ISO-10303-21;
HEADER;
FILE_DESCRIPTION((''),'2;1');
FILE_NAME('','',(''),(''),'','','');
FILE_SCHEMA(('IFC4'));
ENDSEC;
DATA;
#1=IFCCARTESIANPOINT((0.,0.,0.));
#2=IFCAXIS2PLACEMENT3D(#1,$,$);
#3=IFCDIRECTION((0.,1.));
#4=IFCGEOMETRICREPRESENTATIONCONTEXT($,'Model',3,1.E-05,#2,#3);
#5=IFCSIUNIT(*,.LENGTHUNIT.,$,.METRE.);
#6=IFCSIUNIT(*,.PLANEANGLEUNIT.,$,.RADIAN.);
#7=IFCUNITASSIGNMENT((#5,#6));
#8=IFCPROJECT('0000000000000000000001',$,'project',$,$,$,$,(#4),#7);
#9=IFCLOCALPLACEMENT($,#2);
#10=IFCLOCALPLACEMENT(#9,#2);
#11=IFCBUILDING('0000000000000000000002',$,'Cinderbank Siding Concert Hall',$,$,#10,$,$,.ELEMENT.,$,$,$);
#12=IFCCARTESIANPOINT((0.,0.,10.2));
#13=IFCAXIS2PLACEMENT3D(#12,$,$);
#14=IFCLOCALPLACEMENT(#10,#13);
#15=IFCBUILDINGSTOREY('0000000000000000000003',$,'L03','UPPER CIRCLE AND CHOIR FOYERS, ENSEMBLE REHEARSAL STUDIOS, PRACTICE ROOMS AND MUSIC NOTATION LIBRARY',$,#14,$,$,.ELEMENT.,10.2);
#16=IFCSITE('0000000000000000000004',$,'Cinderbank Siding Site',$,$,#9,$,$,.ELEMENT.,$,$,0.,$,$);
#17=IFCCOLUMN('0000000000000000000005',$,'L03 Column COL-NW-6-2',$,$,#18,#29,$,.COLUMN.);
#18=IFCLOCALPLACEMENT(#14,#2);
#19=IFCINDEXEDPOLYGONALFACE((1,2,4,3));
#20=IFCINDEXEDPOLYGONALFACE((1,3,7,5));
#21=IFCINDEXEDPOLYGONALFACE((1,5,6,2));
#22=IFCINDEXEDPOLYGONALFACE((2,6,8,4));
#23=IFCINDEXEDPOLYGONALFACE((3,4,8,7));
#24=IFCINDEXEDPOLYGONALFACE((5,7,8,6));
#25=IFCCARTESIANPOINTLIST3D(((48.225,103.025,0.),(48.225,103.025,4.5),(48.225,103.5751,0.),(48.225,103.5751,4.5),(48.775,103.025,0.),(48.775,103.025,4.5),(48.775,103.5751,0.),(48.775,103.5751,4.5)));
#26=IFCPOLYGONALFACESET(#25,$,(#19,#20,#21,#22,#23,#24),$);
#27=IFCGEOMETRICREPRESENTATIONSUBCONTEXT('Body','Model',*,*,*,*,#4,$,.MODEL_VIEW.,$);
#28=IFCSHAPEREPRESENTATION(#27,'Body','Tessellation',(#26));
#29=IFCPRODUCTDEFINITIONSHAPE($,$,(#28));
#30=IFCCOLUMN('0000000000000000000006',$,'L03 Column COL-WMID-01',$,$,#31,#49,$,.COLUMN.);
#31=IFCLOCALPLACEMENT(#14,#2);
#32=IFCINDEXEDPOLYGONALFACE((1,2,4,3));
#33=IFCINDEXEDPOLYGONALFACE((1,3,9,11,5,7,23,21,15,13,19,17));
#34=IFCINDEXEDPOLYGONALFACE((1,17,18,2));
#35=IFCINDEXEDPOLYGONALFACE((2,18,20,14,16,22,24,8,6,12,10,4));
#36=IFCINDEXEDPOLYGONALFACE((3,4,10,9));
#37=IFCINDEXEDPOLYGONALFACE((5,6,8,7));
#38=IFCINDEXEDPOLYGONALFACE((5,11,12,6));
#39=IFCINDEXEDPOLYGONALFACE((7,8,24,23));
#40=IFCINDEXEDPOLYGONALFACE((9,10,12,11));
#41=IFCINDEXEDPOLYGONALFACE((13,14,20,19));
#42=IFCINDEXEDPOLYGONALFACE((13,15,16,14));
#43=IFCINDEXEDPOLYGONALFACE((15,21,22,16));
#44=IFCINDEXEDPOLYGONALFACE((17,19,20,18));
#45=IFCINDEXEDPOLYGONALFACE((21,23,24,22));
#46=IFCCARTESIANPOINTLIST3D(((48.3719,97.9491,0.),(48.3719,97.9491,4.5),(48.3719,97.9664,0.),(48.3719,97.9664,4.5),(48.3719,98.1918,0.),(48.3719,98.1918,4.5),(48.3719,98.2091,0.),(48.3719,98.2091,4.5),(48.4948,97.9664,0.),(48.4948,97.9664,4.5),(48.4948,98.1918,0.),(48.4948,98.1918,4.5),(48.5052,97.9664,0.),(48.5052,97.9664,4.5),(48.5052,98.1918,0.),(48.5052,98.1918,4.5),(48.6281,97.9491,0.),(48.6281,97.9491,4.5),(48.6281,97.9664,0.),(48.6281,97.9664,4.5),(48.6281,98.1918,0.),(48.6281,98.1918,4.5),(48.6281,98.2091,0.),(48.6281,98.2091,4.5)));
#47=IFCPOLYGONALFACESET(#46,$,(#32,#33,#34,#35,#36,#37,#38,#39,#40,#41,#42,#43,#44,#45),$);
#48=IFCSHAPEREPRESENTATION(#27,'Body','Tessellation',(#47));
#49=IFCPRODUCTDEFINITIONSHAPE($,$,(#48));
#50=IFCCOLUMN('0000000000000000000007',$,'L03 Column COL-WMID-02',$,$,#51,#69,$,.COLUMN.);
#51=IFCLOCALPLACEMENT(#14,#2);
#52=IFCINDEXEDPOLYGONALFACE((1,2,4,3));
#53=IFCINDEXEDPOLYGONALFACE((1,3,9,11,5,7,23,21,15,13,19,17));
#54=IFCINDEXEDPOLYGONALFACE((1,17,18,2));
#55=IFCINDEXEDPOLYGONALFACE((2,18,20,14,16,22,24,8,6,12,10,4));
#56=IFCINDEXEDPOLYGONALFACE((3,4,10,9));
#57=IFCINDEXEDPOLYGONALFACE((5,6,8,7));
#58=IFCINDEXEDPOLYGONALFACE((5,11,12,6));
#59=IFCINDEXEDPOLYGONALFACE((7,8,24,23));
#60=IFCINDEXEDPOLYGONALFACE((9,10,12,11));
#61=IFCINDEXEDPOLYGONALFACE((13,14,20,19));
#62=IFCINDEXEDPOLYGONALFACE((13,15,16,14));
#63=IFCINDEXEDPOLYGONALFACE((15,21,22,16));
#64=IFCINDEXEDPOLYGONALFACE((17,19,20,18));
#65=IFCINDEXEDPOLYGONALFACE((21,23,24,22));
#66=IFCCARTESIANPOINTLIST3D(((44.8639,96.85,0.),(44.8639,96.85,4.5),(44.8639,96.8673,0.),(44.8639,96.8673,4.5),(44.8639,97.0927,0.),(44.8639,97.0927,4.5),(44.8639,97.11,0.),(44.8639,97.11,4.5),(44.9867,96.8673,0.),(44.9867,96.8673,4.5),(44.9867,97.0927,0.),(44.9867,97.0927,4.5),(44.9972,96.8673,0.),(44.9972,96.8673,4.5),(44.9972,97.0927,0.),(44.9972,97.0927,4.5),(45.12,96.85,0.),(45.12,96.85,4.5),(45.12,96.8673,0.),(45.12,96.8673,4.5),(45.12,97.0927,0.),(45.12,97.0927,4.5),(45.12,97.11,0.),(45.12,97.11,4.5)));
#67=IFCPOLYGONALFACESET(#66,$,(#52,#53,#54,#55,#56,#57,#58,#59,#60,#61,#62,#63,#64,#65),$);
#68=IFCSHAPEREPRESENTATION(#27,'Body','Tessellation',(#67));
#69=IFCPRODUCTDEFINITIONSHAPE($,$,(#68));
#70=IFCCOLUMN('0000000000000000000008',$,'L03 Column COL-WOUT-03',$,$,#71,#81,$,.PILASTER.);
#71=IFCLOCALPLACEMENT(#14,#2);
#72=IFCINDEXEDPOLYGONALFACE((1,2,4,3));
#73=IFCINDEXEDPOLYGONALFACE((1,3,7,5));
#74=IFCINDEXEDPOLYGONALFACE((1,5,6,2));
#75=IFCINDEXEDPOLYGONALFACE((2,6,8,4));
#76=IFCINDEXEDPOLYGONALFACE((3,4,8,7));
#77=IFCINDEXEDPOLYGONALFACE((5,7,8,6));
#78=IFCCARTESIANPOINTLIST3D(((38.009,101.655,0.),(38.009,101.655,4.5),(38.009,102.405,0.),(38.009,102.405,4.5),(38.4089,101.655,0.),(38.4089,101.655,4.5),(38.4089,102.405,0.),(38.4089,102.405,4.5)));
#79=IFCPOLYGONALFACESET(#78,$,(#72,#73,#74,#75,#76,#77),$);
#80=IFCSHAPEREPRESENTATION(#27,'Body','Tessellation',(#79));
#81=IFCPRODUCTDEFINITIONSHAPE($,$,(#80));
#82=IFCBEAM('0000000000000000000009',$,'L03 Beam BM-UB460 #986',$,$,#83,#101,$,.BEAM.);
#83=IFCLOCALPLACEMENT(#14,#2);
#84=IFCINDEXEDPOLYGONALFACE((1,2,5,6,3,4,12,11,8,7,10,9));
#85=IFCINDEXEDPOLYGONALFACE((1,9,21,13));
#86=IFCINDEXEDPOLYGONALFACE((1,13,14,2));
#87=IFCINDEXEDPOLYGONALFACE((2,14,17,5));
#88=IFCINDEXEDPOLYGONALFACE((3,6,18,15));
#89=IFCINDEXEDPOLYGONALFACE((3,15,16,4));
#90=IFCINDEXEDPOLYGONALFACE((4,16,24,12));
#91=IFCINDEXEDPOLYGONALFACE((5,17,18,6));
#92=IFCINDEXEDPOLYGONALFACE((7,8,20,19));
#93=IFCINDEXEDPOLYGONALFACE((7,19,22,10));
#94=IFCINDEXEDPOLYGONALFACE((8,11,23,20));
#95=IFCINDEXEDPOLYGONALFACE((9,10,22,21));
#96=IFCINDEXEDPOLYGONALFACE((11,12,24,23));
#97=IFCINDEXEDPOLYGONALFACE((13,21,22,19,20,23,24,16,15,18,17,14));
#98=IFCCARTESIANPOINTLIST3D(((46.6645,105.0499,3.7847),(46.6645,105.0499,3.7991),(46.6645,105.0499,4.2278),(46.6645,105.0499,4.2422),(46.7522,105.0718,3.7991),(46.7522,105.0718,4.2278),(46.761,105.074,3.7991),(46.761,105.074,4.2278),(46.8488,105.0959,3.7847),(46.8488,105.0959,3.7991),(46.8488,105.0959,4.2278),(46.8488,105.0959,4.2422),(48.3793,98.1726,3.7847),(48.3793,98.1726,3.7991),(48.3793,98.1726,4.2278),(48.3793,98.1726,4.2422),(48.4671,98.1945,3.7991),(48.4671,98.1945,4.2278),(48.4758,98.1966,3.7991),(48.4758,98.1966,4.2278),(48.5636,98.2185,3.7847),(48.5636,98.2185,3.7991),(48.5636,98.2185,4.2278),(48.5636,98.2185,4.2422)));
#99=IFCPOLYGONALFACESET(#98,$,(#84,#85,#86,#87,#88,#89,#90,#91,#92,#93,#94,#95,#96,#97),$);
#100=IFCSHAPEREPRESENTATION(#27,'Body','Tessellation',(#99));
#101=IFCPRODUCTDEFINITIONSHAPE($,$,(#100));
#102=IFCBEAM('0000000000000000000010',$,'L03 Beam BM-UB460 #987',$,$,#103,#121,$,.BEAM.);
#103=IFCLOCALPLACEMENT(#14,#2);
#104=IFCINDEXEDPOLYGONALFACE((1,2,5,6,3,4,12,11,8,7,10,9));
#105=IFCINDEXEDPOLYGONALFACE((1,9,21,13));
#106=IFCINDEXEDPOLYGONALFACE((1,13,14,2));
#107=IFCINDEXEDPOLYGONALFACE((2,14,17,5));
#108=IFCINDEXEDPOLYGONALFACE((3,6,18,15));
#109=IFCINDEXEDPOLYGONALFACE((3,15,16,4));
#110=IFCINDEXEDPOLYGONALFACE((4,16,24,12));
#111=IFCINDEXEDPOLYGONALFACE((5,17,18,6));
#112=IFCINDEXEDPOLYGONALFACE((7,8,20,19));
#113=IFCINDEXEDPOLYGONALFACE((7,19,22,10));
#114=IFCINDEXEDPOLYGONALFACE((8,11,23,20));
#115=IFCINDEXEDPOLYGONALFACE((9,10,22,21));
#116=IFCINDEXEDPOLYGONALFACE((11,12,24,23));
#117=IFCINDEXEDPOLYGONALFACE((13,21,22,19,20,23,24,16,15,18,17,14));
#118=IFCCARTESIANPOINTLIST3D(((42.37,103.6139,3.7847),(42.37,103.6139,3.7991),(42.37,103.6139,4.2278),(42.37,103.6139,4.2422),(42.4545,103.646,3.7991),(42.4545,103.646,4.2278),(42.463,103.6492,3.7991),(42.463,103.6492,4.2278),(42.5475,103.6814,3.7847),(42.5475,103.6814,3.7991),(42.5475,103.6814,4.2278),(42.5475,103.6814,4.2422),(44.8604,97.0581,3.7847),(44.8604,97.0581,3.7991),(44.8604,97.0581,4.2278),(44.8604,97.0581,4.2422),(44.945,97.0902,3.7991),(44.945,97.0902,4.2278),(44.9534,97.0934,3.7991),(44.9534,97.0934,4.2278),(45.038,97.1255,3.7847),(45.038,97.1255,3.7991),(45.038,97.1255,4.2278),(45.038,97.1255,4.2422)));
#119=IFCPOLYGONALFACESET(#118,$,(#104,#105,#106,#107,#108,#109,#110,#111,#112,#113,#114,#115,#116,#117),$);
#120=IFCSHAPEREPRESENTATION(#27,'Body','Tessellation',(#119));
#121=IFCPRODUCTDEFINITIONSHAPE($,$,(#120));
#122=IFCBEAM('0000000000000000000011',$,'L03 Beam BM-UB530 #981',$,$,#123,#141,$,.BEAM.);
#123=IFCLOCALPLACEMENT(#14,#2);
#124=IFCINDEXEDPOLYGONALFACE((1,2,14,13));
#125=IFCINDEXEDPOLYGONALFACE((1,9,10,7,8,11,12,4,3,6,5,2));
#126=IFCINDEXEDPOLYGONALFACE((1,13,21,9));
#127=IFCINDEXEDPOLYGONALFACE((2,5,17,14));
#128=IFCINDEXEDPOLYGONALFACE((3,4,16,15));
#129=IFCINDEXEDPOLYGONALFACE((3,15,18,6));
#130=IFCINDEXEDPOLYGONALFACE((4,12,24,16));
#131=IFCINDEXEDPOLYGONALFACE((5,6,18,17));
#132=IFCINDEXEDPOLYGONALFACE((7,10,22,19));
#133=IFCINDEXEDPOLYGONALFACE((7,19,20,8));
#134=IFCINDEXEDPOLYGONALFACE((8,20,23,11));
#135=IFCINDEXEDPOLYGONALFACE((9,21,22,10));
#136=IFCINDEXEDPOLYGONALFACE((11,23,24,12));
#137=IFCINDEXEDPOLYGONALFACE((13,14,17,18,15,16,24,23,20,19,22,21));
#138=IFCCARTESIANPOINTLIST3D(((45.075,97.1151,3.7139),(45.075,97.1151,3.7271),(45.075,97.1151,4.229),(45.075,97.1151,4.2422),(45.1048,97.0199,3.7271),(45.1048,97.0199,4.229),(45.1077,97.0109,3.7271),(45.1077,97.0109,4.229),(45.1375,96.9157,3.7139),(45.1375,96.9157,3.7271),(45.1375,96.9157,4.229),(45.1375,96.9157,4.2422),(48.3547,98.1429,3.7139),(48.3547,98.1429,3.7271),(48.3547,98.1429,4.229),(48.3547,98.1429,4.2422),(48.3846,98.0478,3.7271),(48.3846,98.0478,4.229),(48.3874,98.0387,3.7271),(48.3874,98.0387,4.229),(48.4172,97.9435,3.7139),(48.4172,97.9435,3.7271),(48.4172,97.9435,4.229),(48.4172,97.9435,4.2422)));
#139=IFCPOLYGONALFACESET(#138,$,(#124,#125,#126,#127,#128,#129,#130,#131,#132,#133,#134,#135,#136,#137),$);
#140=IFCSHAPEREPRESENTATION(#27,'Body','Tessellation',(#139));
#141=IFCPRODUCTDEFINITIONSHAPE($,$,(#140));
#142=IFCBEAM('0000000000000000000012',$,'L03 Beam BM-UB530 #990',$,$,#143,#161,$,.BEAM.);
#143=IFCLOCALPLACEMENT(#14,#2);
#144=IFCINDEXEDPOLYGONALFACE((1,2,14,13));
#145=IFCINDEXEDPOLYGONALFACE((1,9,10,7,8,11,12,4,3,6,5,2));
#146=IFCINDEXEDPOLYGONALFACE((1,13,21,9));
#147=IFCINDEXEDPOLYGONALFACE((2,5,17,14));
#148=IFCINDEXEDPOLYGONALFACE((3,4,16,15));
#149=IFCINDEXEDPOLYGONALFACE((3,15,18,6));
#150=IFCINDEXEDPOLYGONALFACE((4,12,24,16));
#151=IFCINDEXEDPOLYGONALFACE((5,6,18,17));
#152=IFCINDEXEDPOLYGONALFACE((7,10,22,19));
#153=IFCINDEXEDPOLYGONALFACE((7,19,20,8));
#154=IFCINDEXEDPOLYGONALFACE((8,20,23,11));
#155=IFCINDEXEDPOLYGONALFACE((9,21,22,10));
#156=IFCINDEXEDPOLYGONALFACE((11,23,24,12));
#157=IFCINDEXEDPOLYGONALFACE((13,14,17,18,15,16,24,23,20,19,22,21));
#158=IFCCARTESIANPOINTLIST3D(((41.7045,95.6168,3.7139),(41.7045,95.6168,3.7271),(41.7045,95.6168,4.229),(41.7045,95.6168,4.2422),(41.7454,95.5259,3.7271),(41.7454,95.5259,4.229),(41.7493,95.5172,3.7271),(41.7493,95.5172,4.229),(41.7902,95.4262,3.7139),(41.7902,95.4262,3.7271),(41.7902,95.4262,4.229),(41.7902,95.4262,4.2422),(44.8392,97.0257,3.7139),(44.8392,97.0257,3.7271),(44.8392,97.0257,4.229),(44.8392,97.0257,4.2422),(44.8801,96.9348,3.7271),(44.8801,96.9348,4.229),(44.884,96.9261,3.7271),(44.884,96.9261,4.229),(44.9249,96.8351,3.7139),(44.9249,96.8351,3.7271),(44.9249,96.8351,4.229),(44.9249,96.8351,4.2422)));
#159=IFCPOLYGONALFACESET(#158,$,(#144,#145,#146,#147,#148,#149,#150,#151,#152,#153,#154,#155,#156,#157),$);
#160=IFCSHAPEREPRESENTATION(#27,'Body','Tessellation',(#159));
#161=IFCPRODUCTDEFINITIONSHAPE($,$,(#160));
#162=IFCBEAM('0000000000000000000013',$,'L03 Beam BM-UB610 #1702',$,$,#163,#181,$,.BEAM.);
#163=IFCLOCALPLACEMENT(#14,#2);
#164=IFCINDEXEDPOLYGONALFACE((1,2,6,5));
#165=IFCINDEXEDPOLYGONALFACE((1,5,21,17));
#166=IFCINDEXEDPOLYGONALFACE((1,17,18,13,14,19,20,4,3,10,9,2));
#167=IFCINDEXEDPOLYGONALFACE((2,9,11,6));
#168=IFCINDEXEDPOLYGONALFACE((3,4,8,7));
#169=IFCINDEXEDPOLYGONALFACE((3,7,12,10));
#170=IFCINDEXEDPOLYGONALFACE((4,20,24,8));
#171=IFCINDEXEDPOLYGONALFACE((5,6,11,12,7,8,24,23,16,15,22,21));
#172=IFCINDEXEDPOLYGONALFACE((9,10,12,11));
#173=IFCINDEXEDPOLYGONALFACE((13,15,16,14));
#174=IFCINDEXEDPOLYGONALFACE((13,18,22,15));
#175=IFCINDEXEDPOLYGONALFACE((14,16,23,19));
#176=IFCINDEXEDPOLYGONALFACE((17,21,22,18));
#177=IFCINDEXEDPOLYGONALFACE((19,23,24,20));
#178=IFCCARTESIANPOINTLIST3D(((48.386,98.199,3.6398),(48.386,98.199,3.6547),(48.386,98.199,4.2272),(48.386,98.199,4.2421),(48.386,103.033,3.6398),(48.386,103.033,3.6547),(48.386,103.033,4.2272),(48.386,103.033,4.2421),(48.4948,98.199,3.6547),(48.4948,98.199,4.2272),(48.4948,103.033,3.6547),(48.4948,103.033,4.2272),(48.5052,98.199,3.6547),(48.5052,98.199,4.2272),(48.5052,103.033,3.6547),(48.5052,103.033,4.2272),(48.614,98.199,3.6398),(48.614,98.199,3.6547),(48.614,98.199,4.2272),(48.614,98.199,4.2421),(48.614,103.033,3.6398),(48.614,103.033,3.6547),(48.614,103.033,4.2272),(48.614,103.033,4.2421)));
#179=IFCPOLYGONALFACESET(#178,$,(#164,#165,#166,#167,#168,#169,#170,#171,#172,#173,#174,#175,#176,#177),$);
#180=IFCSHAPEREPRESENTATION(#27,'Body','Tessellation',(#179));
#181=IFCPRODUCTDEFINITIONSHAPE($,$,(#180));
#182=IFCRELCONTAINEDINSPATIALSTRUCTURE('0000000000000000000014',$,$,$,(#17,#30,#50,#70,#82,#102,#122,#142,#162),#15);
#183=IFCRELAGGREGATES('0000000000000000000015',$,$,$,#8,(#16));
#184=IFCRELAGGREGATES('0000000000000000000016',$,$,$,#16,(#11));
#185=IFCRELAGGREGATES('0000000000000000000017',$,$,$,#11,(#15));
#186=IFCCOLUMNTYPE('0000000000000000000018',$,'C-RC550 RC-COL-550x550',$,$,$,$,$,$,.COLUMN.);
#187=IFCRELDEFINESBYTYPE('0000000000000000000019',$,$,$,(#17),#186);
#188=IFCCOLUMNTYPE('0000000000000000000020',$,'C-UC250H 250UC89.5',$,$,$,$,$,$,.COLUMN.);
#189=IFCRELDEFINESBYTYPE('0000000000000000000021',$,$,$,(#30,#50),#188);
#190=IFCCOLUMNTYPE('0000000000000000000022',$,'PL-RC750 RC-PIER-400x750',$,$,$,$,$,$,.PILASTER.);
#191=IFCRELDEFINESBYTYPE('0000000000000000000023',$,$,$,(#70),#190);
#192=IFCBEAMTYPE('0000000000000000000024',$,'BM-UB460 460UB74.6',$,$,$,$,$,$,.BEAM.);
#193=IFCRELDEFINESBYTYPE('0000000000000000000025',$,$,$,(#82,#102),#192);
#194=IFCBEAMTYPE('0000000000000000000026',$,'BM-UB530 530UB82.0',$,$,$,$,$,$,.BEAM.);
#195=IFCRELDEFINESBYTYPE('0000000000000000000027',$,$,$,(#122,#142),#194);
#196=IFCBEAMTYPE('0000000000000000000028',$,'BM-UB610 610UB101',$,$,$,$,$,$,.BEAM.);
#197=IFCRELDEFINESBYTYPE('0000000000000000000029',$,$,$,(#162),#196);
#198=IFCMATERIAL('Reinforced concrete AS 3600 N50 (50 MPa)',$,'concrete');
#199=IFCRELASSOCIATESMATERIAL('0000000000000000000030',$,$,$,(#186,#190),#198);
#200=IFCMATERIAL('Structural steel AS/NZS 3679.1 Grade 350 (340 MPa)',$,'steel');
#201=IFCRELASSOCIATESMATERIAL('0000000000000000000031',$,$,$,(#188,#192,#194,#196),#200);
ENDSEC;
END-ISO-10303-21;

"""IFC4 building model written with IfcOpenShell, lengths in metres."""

from ifc_helpers import new_model, si_unit, direction, frame, origin, origin_2d, place, context, subcontext, project, spatial, rectangle, i_section, extrude, material, material_profile, profile_set, type_object, element, save


model = new_model("IFC4")

# Units and contexts
model_context = context("Model", 3, precision=1e-05, world=origin(), true_north=direction((0.0, 1.0)))
body_context = subcontext(model_context, "Body", "Model", "MODEL_VIEW")
ifc_project = project(units=[si_unit("LENGTHUNIT", "METRE"), si_unit("PLANEANGLEUNIT", "RADIAN")], contexts=[model_context])

# Site, building, storey
site_placement = place(None, origin())
site = spatial("IfcSite", under=ifc_project, at=site_placement, Name="Cinderbank Siding Site", CompositionType="ELEMENT", RefElevation=0.0)
building_placement = place(site_placement, origin())
building = spatial("IfcBuilding", under=site, at=building_placement, Name="Cinderbank Siding Concert Hall", CompositionType="ELEMENT")
storey_placement = place(building_placement, frame((0.0, 0.0, 10.2)))
storey = spatial("IfcBuildingStorey", under=building, at=storey_placement, Name="L03", Description="UPPER CIRCLE AND CHOIR FOYERS, ENSEMBLE REHEARSAL STUDIOS, PRACTICE ROOMS AND MUSIC NOTATION LIBRARY", CompositionType="ELEMENT", Elevation=10.2)

# Columns
ifc_material_1 = material(Name="Reinforced concrete AS 3600 N50 (50 MPa)", Category="concrete")
ifc_material_profile_1 = material_profile(ifc_material_1, rectangle(XDim=0.55, YDim=0.55, at=origin_2d()), Name="RC-COL-550x550", Category="LoadBearing")
ifc_profile_set_1 = profile_set([ifc_material_profile_1], Name="Reinforced concrete AS 3600 N50 (50 MPa)")
column_type_1 = type_object("IfcColumnType", Name="C-RC550 RC-COL-550x550", PredefinedType="COLUMN", material=ifc_profile_set_1)
column_1_placement = place(storey_placement, frame((48.5, 103.3, 0.0), z_axis=(0.0, 0.0, 1.0), x_axis=(1.0, 0.0, 0.0)))
element("IfcColumn", 1, at=column_1_placement, inside=storey, type_object=column_type_1, Name="L03 Column COL-NW-6-2", PredefinedType="COLUMN", context=body_context, shape_type="SweptSolid", body=[
    extrude(rectangle(XDim=0.55, YDim=0.55, at=origin_2d()), origin(), (0.0, 0.0, 1.0), 4.5),
])
ifc_material_2 = material(Name="Structural steel AS/NZS 3679.1 Grade 350 (340 MPa)", Category="steel")
ifc_material_profile_2 = material_profile(ifc_material_2, i_section(OverallWidth=0.2561, OverallDepth=0.26, WebThickness=0.0105, FlangeThickness=0.0173, at=origin_2d()), Name="250UC89.5", Category="LoadBearing")
ifc_profile_set_2 = profile_set([ifc_material_profile_2], Name="Structural steel AS/NZS 3679.1 Grade 350 (340 MPa)")
column_type_2 = type_object("IfcColumnType", Name="C-UC250H 250UC89.5", PredefinedType="COLUMN", material=ifc_profile_set_2)
for number, where, z_axis, x_axis, name in (
    (2, (48.5, 98.0791, 0.0), (0.0, 0.0, 1.0), (1.0, 0.0, 0.0), "L03 Column COL-WMID-01"),
    (3, (44.9919, 96.98, 0.0), (0.0, 0.0, 1.0), (1.0, 0.0, 0.0), "L03 Column COL-WMID-02"),
):
    element("IfcColumn", number, at=place(storey_placement, frame(where, z_axis=z_axis, x_axis=x_axis)), inside=storey, type_object=column_type_2, Name=name, PredefinedType="COLUMN", context=body_context, shape_type="SweptSolid", body=[
        extrude(i_section(OverallWidth=0.2561, OverallDepth=0.26, WebThickness=0.0105, FlangeThickness=0.0173, at=origin_2d()), origin(), (0.0, 0.0, 1.0), 4.5),
    ])
ifc_material_profile_3 = material_profile(ifc_material_1, rectangle(XDim=0.3999, YDim=0.75, at=origin_2d()), Name="RC-PIER-400x750", Category="LoadBearing")
ifc_profile_set_3 = profile_set([ifc_material_profile_3], Name="Reinforced concrete AS 3600 N50 (50 MPa)")
column_type_3 = type_object("IfcColumnType", Name="PL-RC750 RC-PIER-400x750", PredefinedType="PILASTER", material=ifc_profile_set_3)
column_2_placement = place(storey_placement, frame((38.209, 102.03, 0.0), z_axis=(0.0, 0.0, 1.0), x_axis=(1.0, 0.0, 0.0)))
element("IfcColumn", 4, at=column_2_placement, inside=storey, type_object=column_type_3, Name="L03 Column COL-WOUT-03", PredefinedType="PILASTER", context=body_context, shape_type="SweptSolid", body=[
    extrude(rectangle(XDim=0.3999, YDim=0.75, at=origin_2d()), origin(), (0.0, 0.0, 1.0), 4.5),
])

# Beams
ifc_material_profile_4 = material_profile(ifc_material_2, i_section(OverallWidth=0.1899, OverallDepth=0.4575, WebThickness=0.009, FlangeThickness=0.0144, at=origin_2d()), Name="460UB74.6", Category="LoadBearing")
ifc_profile_set_4 = profile_set([ifc_material_profile_4], Name="Structural steel AS/NZS 3679.1 Grade 350 (340 MPa)")
beam_type_1 = type_object("IfcBeamType", Name="BM-UB460 460UB74.6", PredefinedType="BEAM", material=ifc_profile_set_4)
beam_1_placement = place(storey_placement, frame((48.4714, 98.1956, 4.0134), z_axis=(-0.241936, 0.970292, 0.0), x_axis=(-0.970292, -0.241936, 0.0)))
element("IfcBeam", 5, at=beam_1_placement, inside=storey, type_object=beam_type_1, Name="L03 Beam BM-UB460 #986", PredefinedType="BEAM", context=body_context, shape_type="SweptSolid", body=[
    extrude(i_section(OverallWidth=0.1899, OverallDepth=0.4575, WebThickness=0.009, FlangeThickness=0.0144, at=origin_2d()), origin(), (0.0, 0.0, 1.0), 7.0879),
])
beam_2_placement = place(storey_placement, frame((44.9492, 97.0918, 4.0134), z_axis=(-0.355122, 0.93482, 0.0), x_axis=(-0.93482, -0.355122, 0.0)))
element("IfcBeam", 6, at=beam_2_placement, inside=storey, type_object=beam_type_1, Name="L03 Beam BM-UB460 #987", PredefinedType="BEAM", context=body_context, shape_type="SweptSolid", body=[
    extrude(i_section(OverallWidth=0.1899, OverallDepth=0.4575, WebThickness=0.009, FlangeThickness=0.0144, at=origin_2d()), origin(), (0.0, 0.0, 1.0), 7.0129),
])
ifc_material_profile_5 = material_profile(ifc_material_2, i_section(OverallWidth=0.209, OverallDepth=0.5283, WebThickness=0.0095, FlangeThickness=0.0132, at=origin_2d()), Name="530UB82.0", Category="LoadBearing")
ifc_profile_set_5 = profile_set([ifc_material_profile_5], Name="Structural steel AS/NZS 3679.1 Grade 350 (340 MPa)")
beam_type_2 = type_object("IfcBeamType", Name="BM-UB530 530UB82.0", PredefinedType="BEAM", material=ifc_profile_set_5)
beam_3_placement = place(storey_placement, frame((48.386, 98.0432, 3.978), z_axis=(-0.95424, -0.299043, 0.0), x_axis=(0.299043, -0.95424, 0.0)))
element("IfcBeam", 7, at=beam_3_placement, inside=storey, type_object=beam_type_2, Name="L03 Beam BM-UB530 #981", PredefinedType="BEAM", context=body_context, shape_type="SweptSolid", body=[
    extrude(i_section(OverallWidth=0.209, OverallDepth=0.5283, WebThickness=0.0095, FlangeThickness=0.0132, at=origin_2d()), origin(), (0.0, 0.0, 1.0), 3.437),
])
beam_4_placement = place(storey_placement, frame((44.8821, 96.9304, 3.978), z_axis=(-0.912107, -0.409951, 0.0), x_axis=(0.409951, -0.912107, 0.0)))
element("IfcBeam", 8, at=beam_4_placement, inside=storey, type_object=beam_type_2, Name="L03 Beam BM-UB530 #990", PredefinedType="BEAM", context=body_context, shape_type="SweptSolid", body=[
    extrude(i_section(OverallWidth=0.209, OverallDepth=0.5283, WebThickness=0.0095, FlangeThickness=0.0132, at=origin_2d()), origin(), (0.0, 0.0, 1.0), 3.4368),
])
ifc_material_profile_6 = material_profile(ifc_material_2, i_section(OverallWidth=0.228, OverallDepth=0.6023, WebThickness=0.0105, FlangeThickness=0.0149, at=origin_2d()), Name="610UB101", Category="LoadBearing")
ifc_profile_set_6 = profile_set([ifc_material_profile_6], Name="Structural steel AS/NZS 3679.1 Grade 350 (340 MPa)")
beam_type_3 = type_object("IfcBeamType", Name="BM-UB610 610UB101", PredefinedType="BEAM", material=ifc_profile_set_6)
beam_5_placement = place(storey_placement, frame((48.5, 98.199, 3.9409), z_axis=(0.0, 1.0, 0.0), x_axis=(-1.0, 0.0, 0.0)))
element("IfcBeam", 9, at=beam_5_placement, inside=storey, type_object=beam_type_3, Name="L03 Beam BM-UB610 #1702", PredefinedType="BEAM", context=body_context, shape_type="SweptSolid", body=[
    extrude(i_section(OverallWidth=0.228, OverallDepth=0.6023, WebThickness=0.0105, FlangeThickness=0.0149, at=origin_2d()), origin(), (0.0, 0.0, 1.0), 4.834),
])

save(model, "model.ifc")
